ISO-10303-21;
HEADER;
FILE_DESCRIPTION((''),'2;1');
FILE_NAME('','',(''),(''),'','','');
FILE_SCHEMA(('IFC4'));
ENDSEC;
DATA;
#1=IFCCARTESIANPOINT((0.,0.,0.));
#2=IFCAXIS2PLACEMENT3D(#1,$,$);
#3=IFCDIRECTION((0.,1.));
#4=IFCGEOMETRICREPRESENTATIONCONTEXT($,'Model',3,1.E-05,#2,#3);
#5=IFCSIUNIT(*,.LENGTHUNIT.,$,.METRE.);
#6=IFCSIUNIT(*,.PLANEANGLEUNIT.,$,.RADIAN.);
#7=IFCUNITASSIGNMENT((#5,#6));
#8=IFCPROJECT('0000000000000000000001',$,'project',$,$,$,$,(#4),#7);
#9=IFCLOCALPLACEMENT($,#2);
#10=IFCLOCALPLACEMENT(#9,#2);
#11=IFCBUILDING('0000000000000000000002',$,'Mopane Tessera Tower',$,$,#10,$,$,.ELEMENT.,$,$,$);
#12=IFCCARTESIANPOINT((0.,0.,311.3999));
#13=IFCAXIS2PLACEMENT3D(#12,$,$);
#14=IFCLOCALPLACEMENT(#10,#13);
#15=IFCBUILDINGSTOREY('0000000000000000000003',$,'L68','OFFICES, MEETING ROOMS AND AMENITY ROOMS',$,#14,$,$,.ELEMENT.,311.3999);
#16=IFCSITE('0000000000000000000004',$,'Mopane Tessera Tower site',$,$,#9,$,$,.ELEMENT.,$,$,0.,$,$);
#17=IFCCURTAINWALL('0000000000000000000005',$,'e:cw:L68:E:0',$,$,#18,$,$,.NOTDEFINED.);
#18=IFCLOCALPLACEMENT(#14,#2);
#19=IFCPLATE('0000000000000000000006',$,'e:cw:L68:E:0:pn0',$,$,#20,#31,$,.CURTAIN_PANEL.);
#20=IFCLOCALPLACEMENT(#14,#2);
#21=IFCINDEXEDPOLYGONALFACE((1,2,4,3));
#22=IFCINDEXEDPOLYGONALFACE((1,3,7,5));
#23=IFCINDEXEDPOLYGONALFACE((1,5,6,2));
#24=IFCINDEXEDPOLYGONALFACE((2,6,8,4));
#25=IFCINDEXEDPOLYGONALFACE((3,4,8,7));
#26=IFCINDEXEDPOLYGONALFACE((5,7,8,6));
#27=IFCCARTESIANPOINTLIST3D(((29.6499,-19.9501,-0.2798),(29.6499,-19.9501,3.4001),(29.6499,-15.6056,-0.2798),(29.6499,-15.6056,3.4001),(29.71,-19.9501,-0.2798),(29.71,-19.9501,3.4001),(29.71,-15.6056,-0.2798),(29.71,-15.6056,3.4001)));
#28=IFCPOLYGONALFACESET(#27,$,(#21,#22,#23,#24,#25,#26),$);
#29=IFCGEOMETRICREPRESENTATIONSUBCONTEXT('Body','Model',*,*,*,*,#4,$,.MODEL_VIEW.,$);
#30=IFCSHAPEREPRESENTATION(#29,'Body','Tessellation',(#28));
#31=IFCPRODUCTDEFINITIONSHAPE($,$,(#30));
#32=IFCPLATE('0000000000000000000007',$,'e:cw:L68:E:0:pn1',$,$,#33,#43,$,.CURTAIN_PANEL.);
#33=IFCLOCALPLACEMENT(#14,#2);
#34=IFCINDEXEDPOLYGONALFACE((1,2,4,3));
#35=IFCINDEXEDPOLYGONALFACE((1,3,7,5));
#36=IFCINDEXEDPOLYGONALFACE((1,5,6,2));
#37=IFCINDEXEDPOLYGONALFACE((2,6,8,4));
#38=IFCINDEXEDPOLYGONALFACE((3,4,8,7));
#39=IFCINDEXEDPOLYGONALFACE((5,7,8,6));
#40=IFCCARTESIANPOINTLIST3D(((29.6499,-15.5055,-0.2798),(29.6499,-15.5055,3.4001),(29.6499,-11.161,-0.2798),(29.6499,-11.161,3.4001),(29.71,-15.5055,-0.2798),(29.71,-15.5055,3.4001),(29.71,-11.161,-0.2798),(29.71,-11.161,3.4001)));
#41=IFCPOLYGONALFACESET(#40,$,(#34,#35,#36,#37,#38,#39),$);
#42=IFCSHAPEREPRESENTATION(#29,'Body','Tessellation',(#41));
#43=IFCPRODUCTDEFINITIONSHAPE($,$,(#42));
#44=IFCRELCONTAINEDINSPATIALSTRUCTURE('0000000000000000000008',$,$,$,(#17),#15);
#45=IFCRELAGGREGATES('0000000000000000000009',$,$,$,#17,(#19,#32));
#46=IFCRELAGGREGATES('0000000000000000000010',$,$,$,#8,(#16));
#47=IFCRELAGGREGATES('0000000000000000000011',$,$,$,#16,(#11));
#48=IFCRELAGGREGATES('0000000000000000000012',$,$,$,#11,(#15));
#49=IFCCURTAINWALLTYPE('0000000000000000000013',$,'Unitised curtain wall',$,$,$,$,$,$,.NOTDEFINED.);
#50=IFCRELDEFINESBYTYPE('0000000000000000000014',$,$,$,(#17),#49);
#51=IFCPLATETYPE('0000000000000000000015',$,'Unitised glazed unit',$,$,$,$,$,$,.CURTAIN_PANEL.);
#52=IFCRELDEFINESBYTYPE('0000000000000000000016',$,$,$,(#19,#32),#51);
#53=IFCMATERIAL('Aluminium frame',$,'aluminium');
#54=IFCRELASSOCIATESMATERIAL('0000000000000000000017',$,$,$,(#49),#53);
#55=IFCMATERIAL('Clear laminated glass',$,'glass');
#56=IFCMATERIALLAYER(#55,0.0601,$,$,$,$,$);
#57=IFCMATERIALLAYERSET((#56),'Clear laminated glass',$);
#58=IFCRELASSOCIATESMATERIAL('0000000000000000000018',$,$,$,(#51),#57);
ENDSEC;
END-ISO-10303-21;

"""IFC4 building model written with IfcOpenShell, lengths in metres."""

from ifc_helpers import new_model, si_unit, direction, frame, origin, origin_2d, place, context, subcontext, project, spatial, rectangle, extrude, material, layer, layer_set, type_object, element, aggregate, save


model = new_model("IFC4")

# Units and contexts
model_context = context("Model", 3, precision=1e-05, world=origin(), true_north=direction((0.0, 1.0)))
body_context = subcontext(model_context, "Body", "Model", "MODEL_VIEW")
ifc_project = project(units=[si_unit("LENGTHUNIT", "METRE"), si_unit("PLANEANGLEUNIT", "RADIAN")], contexts=[model_context])

# Site, building, storey
site_placement = place(None, origin())
site = spatial("IfcSite", under=ifc_project, at=site_placement, Name="Mopane Tessera Tower site", CompositionType="ELEMENT", RefElevation=0.0)
building_placement = place(site_placement, origin())
building = spatial("IfcBuilding", under=site, at=building_placement, Name="Mopane Tessera Tower", CompositionType="ELEMENT")
storey_placement = place(building_placement, frame((0.0, 0.0, 311.3999)))
storey = spatial("IfcBuildingStorey", under=building, at=storey_placement, Name="L68", Description="OFFICES, MEETING ROOMS AND AMENITY ROOMS", CompositionType="ELEMENT", Elevation=311.3999)

# Curtain wall
ifc_material_1 = material(Name="Aluminium frame", Category="aluminium")
curtain_wall_type = type_object("IfcCurtainWallType", Name="Unitised curtain wall", PredefinedType="NOTDEFINED", material=ifc_material_1)
curtain_wall_1_placement = place(storey_placement, origin())
curtain_wall_1 = element("IfcCurtainWall", 1, at=curtain_wall_1_placement, inside=storey, type_object=curtain_wall_type, Name="e:cw:L68:E:0", PredefinedType="NOTDEFINED")

# Plates
ifc_material_2 = material(Name="Clear laminated glass", Category="glass")
ifc_layer = layer(ifc_material_2, 0.0601)
ifc_layer_set = layer_set([ifc_layer], Name="Clear laminated glass")
plate_type = type_object("IfcPlateType", Name="Unitised glazed unit", PredefinedType="CURTAIN_PANEL", material=ifc_layer_set)
plate_1_placement = place(storey_placement, frame((29.6799, -17.7778, -0.2798), z_axis=(0.0, 0.0, 1.0), x_axis=(0.0, 1.0, 0.0)))
plate_1 = element("IfcPlate", 2, at=plate_1_placement, type_object=plate_type, Name="e:cw:L68:E:0:pn0", PredefinedType="CURTAIN_PANEL", context=body_context, shape_type="SweptSolid", body=[
    extrude(rectangle(XDim=4.3445, YDim=0.0601, at=origin_2d()), origin(), (0.0, 0.0, 1.0), 3.6799),
])
plate_2_placement = place(storey_placement, frame((29.6799, -13.3333, -0.2798), z_axis=(0.0, 0.0, 1.0), x_axis=(0.0, 1.0, 0.0)))
plate_2 = element("IfcPlate", 3, at=plate_2_placement, type_object=plate_type, Name="e:cw:L68:E:0:pn1", PredefinedType="CURTAIN_PANEL", context=body_context, shape_type="SweptSolid", body=[
    extrude(rectangle(XDim=4.3445, YDim=0.0601, at=origin_2d()), origin(), (0.0, 0.0, 1.0), 3.6799),
])
aggregate(curtain_wall_1, [plate_1, plate_2])

save(model, "model.ifc")
